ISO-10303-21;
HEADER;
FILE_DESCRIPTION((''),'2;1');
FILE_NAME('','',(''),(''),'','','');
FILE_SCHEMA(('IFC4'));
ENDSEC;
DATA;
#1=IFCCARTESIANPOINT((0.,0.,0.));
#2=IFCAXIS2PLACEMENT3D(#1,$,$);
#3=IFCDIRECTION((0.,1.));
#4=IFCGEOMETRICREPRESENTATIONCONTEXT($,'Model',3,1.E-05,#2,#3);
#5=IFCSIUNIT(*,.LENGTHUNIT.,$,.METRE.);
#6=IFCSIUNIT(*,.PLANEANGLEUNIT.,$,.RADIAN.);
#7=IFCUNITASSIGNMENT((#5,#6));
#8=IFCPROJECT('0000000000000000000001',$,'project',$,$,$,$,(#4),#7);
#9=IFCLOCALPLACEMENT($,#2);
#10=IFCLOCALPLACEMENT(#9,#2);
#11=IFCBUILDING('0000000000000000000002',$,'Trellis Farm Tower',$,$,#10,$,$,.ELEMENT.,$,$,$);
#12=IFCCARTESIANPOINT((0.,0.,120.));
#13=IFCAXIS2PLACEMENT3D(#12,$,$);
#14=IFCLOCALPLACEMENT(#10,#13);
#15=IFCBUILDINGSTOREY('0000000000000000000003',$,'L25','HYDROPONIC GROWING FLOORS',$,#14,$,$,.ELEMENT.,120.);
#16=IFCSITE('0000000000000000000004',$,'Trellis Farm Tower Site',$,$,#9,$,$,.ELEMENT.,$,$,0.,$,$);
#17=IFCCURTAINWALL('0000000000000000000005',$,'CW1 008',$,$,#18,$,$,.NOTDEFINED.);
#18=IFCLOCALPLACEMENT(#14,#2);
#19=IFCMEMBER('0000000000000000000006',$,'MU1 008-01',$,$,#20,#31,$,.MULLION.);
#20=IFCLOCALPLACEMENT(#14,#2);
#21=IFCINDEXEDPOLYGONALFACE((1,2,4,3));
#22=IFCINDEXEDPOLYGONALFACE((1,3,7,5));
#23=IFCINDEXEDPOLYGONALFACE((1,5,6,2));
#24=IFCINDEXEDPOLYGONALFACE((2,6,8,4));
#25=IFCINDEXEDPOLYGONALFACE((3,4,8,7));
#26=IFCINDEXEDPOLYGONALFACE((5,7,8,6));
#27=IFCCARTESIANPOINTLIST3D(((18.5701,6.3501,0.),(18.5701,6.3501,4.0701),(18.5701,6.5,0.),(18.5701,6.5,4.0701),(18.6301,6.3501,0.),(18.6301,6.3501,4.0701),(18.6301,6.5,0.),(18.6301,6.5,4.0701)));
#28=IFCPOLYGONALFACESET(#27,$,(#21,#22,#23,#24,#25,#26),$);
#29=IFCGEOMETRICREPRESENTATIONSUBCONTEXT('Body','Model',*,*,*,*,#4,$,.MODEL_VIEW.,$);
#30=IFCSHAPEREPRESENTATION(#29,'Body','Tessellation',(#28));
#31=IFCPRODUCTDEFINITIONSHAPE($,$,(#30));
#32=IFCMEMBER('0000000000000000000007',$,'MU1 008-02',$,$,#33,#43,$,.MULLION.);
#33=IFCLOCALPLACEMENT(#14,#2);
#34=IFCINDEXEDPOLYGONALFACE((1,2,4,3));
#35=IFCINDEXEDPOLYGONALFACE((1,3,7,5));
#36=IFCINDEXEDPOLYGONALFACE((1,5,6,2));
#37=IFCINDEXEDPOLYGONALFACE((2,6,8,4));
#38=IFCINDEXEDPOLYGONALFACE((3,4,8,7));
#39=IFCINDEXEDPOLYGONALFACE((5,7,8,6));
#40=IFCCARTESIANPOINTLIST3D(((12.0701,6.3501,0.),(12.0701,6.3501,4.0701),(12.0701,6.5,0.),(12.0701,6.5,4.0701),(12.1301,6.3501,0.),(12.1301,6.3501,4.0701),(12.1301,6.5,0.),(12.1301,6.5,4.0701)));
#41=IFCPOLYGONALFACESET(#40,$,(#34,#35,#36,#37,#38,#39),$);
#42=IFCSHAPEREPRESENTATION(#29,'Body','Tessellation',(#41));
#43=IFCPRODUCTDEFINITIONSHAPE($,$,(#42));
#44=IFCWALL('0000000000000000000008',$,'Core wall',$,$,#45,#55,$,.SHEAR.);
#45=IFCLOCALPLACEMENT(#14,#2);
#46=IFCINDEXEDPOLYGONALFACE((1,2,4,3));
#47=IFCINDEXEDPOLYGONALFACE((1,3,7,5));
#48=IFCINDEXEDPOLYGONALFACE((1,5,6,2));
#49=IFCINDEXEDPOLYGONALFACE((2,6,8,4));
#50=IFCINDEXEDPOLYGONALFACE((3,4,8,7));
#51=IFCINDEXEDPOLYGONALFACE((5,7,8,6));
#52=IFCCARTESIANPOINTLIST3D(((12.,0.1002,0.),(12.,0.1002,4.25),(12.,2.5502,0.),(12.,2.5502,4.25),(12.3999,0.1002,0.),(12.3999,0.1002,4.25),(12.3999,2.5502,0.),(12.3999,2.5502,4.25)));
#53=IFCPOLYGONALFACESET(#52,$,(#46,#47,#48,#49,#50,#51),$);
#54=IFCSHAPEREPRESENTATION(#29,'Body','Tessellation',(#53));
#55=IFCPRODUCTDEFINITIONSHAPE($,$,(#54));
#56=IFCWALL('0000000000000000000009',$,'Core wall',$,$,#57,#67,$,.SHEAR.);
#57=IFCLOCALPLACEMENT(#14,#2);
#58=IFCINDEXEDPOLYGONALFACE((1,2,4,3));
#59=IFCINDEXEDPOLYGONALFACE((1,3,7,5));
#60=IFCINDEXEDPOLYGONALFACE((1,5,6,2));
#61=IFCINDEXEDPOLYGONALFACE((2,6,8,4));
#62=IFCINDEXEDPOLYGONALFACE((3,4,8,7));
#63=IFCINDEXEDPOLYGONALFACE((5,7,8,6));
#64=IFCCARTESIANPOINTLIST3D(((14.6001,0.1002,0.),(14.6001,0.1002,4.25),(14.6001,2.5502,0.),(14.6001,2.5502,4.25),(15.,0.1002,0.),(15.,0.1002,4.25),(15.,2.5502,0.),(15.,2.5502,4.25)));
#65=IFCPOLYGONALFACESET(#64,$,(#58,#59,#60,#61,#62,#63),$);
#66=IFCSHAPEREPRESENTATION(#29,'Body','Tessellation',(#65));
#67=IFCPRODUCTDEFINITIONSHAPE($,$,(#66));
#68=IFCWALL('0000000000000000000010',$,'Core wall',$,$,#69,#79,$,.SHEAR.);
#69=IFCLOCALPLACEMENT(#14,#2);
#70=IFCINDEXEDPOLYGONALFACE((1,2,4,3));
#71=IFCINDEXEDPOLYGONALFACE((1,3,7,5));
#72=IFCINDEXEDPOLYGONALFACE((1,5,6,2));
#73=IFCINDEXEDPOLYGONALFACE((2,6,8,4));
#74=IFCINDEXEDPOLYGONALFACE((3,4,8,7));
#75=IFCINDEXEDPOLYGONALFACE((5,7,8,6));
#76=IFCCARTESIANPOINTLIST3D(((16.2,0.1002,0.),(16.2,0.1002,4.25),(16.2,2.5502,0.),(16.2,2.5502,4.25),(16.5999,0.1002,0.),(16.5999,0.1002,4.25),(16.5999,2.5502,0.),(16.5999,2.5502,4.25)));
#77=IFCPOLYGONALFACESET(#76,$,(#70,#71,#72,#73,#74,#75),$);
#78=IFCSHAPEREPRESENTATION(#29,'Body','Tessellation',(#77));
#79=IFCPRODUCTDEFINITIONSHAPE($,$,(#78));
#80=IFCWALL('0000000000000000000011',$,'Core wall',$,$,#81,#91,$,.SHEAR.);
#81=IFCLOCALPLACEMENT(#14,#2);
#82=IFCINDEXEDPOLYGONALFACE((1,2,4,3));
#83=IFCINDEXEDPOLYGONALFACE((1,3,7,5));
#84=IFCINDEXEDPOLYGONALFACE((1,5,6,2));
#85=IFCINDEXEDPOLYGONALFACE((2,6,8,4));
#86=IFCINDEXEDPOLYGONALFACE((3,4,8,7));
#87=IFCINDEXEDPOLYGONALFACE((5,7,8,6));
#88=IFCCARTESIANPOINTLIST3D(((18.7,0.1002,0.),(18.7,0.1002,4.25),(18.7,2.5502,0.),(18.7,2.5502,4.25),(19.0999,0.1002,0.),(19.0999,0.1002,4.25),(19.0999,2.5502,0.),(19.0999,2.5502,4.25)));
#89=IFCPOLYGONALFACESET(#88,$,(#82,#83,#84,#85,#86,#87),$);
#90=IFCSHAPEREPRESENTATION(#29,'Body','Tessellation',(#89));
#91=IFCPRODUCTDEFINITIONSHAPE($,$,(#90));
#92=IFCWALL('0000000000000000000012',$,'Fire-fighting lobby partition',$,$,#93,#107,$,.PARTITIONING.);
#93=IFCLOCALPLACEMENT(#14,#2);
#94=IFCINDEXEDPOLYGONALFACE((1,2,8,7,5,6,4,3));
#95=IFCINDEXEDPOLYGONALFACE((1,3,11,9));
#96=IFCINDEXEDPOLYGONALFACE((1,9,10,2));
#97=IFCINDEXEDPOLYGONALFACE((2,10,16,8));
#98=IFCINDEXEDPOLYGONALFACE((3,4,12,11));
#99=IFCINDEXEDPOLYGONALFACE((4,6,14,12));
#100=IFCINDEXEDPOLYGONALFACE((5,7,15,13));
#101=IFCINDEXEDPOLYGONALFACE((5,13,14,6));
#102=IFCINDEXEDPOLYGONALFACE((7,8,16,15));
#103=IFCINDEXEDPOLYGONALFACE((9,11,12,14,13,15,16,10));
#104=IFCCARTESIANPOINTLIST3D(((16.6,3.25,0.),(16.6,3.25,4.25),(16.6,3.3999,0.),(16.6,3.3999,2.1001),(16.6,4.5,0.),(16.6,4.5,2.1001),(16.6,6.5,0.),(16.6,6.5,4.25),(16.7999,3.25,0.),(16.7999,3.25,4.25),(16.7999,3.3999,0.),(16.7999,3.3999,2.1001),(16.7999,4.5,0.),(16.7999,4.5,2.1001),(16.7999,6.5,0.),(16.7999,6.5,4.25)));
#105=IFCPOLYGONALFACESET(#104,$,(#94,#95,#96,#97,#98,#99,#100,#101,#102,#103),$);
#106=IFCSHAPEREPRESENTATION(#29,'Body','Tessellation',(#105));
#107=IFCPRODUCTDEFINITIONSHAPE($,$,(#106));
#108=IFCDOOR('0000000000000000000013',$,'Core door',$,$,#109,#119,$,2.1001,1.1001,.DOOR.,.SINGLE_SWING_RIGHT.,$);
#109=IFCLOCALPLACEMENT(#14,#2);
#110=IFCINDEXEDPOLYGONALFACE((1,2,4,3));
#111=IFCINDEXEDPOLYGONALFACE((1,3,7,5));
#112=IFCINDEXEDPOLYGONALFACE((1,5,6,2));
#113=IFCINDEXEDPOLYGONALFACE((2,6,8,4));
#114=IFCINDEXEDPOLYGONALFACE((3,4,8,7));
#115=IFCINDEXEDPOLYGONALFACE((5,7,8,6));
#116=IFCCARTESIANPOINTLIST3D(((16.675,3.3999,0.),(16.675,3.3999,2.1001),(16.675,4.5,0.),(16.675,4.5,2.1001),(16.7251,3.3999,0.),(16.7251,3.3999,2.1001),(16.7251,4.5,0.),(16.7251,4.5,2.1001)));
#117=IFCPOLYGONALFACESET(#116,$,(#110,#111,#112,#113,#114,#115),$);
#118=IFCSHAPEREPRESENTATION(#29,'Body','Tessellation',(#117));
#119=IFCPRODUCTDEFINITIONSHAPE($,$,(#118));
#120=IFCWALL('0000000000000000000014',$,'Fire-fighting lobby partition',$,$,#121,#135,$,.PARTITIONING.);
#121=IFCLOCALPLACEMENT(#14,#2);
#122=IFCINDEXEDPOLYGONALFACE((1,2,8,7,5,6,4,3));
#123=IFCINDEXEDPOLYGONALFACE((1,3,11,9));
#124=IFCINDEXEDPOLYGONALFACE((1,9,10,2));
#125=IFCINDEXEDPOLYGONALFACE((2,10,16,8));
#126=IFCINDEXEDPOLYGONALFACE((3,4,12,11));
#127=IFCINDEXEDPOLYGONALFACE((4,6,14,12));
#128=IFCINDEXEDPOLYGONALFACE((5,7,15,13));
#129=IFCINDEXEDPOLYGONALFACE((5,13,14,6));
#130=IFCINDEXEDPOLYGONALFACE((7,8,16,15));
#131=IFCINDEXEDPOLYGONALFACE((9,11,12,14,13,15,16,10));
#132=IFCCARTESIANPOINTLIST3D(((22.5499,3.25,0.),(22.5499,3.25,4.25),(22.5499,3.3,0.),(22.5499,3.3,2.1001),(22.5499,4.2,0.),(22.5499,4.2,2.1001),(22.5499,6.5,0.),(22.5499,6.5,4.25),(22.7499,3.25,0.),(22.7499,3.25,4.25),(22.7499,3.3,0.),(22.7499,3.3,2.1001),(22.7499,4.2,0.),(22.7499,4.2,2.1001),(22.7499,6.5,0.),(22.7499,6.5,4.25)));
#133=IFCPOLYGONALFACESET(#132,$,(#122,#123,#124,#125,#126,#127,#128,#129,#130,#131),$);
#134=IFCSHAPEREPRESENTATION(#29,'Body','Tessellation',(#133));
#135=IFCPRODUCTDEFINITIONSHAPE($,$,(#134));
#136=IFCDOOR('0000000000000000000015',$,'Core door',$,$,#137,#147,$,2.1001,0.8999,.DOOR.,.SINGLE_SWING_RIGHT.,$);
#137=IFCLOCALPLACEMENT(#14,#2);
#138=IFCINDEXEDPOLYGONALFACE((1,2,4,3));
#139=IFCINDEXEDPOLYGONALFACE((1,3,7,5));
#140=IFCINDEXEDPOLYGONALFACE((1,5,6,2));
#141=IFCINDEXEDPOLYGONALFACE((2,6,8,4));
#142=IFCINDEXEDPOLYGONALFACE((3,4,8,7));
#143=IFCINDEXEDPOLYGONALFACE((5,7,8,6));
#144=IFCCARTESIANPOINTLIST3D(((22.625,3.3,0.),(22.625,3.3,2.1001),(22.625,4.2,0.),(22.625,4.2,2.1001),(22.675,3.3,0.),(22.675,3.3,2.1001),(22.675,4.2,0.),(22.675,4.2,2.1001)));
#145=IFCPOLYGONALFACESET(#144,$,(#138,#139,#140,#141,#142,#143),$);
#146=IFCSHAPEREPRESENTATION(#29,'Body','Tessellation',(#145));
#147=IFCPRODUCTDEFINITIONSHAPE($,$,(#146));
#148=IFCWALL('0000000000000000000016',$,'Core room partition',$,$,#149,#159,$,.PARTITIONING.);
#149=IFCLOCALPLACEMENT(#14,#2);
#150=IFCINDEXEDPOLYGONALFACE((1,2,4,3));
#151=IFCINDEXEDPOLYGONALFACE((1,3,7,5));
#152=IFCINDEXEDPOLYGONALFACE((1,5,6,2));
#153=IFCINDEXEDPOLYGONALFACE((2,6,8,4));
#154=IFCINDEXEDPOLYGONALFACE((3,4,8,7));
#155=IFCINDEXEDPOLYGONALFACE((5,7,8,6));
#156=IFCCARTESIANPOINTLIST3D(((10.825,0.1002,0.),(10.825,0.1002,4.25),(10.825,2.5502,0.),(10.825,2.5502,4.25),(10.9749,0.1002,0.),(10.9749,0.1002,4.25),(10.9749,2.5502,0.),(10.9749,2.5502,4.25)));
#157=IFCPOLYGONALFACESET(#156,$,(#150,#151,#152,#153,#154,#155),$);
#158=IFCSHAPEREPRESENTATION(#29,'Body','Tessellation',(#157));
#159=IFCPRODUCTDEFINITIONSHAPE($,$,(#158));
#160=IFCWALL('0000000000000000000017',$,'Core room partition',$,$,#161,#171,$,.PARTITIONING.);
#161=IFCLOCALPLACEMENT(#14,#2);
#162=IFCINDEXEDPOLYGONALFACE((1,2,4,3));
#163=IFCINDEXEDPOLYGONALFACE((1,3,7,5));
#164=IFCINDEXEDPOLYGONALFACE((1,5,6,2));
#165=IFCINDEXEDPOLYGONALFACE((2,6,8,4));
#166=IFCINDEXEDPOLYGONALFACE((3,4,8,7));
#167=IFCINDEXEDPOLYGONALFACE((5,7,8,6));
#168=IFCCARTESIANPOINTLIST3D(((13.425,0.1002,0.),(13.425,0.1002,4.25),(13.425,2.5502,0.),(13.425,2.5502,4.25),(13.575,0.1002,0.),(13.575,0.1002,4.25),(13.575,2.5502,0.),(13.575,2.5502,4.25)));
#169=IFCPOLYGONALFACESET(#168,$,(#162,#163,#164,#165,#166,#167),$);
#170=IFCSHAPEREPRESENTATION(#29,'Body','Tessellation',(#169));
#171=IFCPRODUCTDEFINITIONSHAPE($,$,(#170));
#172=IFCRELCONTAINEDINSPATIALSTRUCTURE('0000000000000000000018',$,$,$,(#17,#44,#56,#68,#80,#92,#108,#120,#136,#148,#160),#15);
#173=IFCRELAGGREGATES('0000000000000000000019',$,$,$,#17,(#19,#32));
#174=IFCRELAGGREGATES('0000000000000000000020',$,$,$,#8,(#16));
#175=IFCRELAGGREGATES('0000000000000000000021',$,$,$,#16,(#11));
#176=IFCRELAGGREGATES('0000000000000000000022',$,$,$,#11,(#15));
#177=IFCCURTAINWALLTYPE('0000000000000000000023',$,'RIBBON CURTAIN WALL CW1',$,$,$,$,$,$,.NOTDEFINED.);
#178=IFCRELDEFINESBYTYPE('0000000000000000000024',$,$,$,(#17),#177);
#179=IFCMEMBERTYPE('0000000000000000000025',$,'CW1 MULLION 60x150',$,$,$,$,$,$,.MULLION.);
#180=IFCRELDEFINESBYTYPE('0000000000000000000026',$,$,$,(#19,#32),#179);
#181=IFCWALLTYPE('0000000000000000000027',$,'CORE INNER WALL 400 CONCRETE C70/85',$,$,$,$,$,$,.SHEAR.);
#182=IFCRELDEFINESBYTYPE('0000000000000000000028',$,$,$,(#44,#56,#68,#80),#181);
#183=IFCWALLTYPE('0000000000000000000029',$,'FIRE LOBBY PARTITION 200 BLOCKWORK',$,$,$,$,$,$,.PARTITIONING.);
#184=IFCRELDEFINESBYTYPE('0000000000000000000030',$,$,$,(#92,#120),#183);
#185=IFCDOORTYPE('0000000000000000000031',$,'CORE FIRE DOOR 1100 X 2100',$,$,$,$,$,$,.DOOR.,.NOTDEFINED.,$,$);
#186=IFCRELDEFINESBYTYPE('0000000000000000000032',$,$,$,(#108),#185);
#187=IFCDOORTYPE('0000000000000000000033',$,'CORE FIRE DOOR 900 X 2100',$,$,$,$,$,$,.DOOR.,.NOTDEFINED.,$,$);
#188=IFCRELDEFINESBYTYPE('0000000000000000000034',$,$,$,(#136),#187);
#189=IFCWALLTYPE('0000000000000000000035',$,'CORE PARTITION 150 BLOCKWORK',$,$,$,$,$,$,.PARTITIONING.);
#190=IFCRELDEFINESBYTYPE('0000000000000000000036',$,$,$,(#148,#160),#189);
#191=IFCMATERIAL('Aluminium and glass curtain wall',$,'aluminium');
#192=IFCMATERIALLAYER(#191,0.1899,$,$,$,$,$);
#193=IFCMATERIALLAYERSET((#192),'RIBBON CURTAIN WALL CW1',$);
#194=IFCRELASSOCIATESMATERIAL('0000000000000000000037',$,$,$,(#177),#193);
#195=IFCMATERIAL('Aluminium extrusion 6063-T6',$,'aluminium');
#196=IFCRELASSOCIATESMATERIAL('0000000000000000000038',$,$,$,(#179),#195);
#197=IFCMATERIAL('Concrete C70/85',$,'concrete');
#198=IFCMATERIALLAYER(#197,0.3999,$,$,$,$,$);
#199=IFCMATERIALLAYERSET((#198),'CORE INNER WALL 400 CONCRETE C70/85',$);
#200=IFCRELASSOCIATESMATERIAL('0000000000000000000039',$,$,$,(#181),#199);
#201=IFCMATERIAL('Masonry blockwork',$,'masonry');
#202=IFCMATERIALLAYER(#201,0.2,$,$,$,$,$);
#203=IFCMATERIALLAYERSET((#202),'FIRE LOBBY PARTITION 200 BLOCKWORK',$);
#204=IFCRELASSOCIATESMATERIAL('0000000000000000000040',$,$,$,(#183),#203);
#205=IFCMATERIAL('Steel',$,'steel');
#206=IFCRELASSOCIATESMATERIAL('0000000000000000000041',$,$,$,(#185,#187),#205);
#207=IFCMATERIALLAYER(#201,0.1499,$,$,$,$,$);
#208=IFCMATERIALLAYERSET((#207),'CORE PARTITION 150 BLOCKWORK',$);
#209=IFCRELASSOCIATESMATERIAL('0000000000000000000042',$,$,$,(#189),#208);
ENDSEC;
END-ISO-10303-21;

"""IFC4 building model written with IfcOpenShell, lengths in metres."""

from ifc_helpers import new_model, si_unit, direction, frame, frame_2d, origin, origin_2d, place, context, subcontext, project, spatial, rectangle, extrude, source, transform, mapped, material, layer, layer_set, material_profile, profile_set, type_object, element, fill, aggregate, save


model = new_model("IFC4")

# Units and contexts
model_context = context("Model", 3, precision=1e-05, world=origin(), true_north=direction((0.0, 1.0)))
body_context = subcontext(model_context, "Body", "Model", "MODEL_VIEW")
ifc_project = project(units=[si_unit("LENGTHUNIT", "METRE"), si_unit("PLANEANGLEUNIT", "RADIAN")], contexts=[model_context])

# Site, building, storey
site_placement = place(None, origin())
site = spatial("IfcSite", under=ifc_project, at=site_placement, Name="Trellis Farm Tower Site", CompositionType="ELEMENT", RefElevation=0.0)
building_placement = place(site_placement, origin())
building = spatial("IfcBuilding", under=site, at=building_placement, Name="Trellis Farm Tower", CompositionType="ELEMENT")
storey_placement = place(building_placement, frame((0.0, 0.0, 120.0)))
storey = spatial("IfcBuildingStorey", under=building, at=storey_placement, Name="L25", Description="HYDROPONIC GROWING FLOORS", CompositionType="ELEMENT", Elevation=120.0)

# Curtain wall, members
ifc_material_1 = material(Name="Aluminium and glass curtain wall", Category="aluminium")
ifc_layer_1 = layer(ifc_material_1, 0.1899)
ifc_layer_set_1 = layer_set([ifc_layer_1], Name="RIBBON CURTAIN WALL CW1")
curtain_wall_type = type_object("IfcCurtainWallType", Name="RIBBON CURTAIN WALL CW1", PredefinedType="NOTDEFINED", material=ifc_layer_set_1)
placement = place(storey_placement, origin())
ifc_material_2 = material(Name="Aluminium extrusion 6063-T6", Category="aluminium")
ifc_material_profile_1 = material_profile(ifc_material_2, rectangle(XDim=0.0601, YDim=0.1499, at=origin_2d()), Name="MULLION 60x150")
ifc_profile_set_1 = profile_set([ifc_material_profile_1], Name="Aluminium extrusion 6063-T6")
member_type = type_object("IfcMemberType", Name="CW1 MULLION 60x150", PredefinedType="MULLION", material=ifc_profile_set_1)
shared_shape_1 = source(origin(), body_context, "Body", "SweptSolid", [
    extrude(rectangle(XDim=0.0601, YDim=0.1499, at=origin_2d()), origin(), (0.0, 0.0, 1.0), 4.0701),
])
curtain_wall_1 = element("IfcCurtainWall", 1, at=placement, inside=storey, type_object=curtain_wall_type, Name="CW1 008", PredefinedType="NOTDEFINED")
member_1_placement = place(storey_placement, frame((18.6001, 6.425, 0.0), z_axis=(0.0, 0.0, 1.0), x_axis=(-1.0, 0.0, 0.0)))
member_1 = element("IfcMember", 2, at=member_1_placement, type_object=member_type, Name="MU1 008-01", PredefinedType="MULLION", context=body_context, shape_type="MappedRepresentation", body=[
    mapped(shared_shape_1, transform((0.0, 0.0, 0.0))),
])
member_2_placement = place(storey_placement, frame((12.1001, 6.425, 0.0), z_axis=(0.0, 0.0, 1.0), x_axis=(-1.0, 0.0, 0.0)))
member_2 = element("IfcMember", 3, at=member_2_placement, type_object=member_type, Name="MU1 008-02", PredefinedType="MULLION", context=body_context, shape_type="MappedRepresentation", body=[
    mapped(shared_shape_1, transform((0.0, 0.0, 0.0))),
])
aggregate(curtain_wall_1, [member_1, member_2])

# Walls
ifc_material_3 = material(Name="Concrete C70/85", Category="concrete")
ifc_layer_2 = layer(ifc_material_3, 0.3999)
ifc_layer_set_2 = layer_set([ifc_layer_2], Name="CORE INNER WALL 400 CONCRETE C70/85")
wall_type_1 = type_object("IfcWallType", Name="CORE INNER WALL 400 CONCRETE C70/85", PredefinedType="SHEAR", material=ifc_layer_set_2)
shared_shape_2 = source(origin(), body_context, "Body", "SweptSolid", [
    extrude(rectangle(XDim=2.45, YDim=0.3999, at=frame_2d((1.2251, 0.0))), origin(), (0.0, 0.0, 1.0), 4.25),
])
for number, where, z_axis, x_axis, name in (
    (4, (12.2, 0.1001, 0.0), (0.0, 0.0, 1.0), (0.0, 1.0, 0.0), "Core wall"),
    (5, (14.8, 0.1001, 0.0), (0.0, 0.0, 1.0), (0.0, 1.0, 0.0), "Core wall"),
    (6, (16.3999, 0.1001, 0.0), (0.0, 0.0, 1.0), (0.0, 1.0, 0.0), "Core wall"),
    (7, (18.8999, 0.1001, 0.0), (0.0, 0.0, 1.0), (0.0, 1.0, 0.0), "Core wall"),
):
    element("IfcWall", number, at=place(storey_placement, frame(where, z_axis=z_axis, x_axis=x_axis)), inside=storey, type_object=wall_type_1, Name=name, PredefinedType="SHEAR", context=body_context, shape_type="MappedRepresentation", body=[
        mapped(shared_shape_2, transform((0.0, 0.0, 0.0))),
    ])

# Walls, openings, doors
ifc_material_4 = material(Name="Masonry blockwork", Category="masonry")
ifc_layer_3 = layer(ifc_material_4, 0.2)
ifc_layer_set_3 = layer_set([ifc_layer_3], Name="FIRE LOBBY PARTITION 200 BLOCKWORK")
wall_type_2 = type_object("IfcWallType", Name="FIRE LOBBY PARTITION 200 BLOCKWORK", PredefinedType="PARTITIONING", material=ifc_layer_set_3)
shared_shape_3 = source(origin(), body_context, "Body", "SweptSolid", [
    extrude(rectangle(XDim=3.25, YDim=0.2, at=frame_2d((1.625, 0.0))), origin(), (0.0, 0.0, 1.0), 4.25),
])
wall_1_placement = place(storey_placement, frame((16.7, 3.25, 0.0), z_axis=(0.0, 0.0, 1.0), x_axis=(0.0, 1.0, 0.0)))
wall_1 = element("IfcWall", 8, at=wall_1_placement, inside=storey, type_object=wall_type_2, Name="Fire-fighting lobby partition", PredefinedType="PARTITIONING", context=body_context, shape_type="MappedRepresentation", body=[
    mapped(shared_shape_3, transform((0.0, 0.0, 0.0))),
])
shared_shape_4 = source(origin(), body_context, "Body", "SweptSolid", [
    extrude(rectangle(XDim=1.1001, YDim=2.1001, at=frame_2d((0.55, 1.05))), frame((0.0, 0.1101, 0.0), z_axis=(0.0, -1.0, 0.0), x_axis=(1.0, 0.0, 0.0)), (0.0, 0.0, 1.0), 0.2202),
])
opening_1_placement = place(wall_1_placement, frame((0.1499, 0.0, 0.0)))
opening_1 = element("IfcOpeningElement", 9, at=opening_1_placement, cuts=wall_1, PredefinedType="OPENING", context=body_context, shape_type="MappedRepresentation", body=[
    mapped(shared_shape_4, transform((0.0, 0.0, 0.0))),
])
ifc_material_5 = material(Name="Steel", Category="steel")
door_type_1 = type_object("IfcDoorType", Name="CORE FIRE DOOR 1100 X 2100", OperationType="NOTDEFINED", PredefinedType="DOOR", material=ifc_material_5)
shared_shape_5 = source(origin(), body_context, "Body", "SweptSolid", [
    extrude(rectangle(XDim=1.1001, YDim=2.1001, at=frame_2d((0.55, 1.05))), frame((0.0, 0.0249, 0.0), z_axis=(0.0, -1.0, 0.0), x_axis=(1.0, 0.0, 0.0)), (0.0, 0.0, 1.0), 0.05),
])
door_1_placement = place(opening_1_placement, origin())
door_1 = element("IfcDoor", 10, at=door_1_placement, inside=storey, type_object=door_type_1, Name="Core door", OperationType="SINGLE_SWING_RIGHT", OverallHeight=2.1001, OverallWidth=1.1001, PredefinedType="DOOR", context=body_context, shape_type="MappedRepresentation", body=[
    mapped(shared_shape_5, transform((0.0, 0.0, 0.0))),
])
fill(opening_1, door_1)
wall_2_placement = place(storey_placement, frame((22.6499, 3.25, 0.0), z_axis=(0.0, 0.0, 1.0), x_axis=(0.0, 1.0, 0.0)))
wall_2 = element("IfcWall", 11, at=wall_2_placement, inside=storey, type_object=wall_type_2, Name="Fire-fighting lobby partition", PredefinedType="PARTITIONING", context=body_context, shape_type="MappedRepresentation", body=[
    mapped(shared_shape_3, transform((0.0, 0.0, 0.0))),
])
shared_shape_6 = source(origin(), body_context, "Body", "SweptSolid", [
    extrude(rectangle(XDim=0.8999, YDim=2.1001, at=frame_2d((0.45, 1.05))), frame((0.0, 0.1101, 0.0), z_axis=(0.0, -1.0, 0.0), x_axis=(1.0, 0.0, 0.0)), (0.0, 0.0, 1.0), 0.2202),
])
opening_2_placement = place(wall_2_placement, frame((0.05, 0.0, 0.0)))
opening_2 = element("IfcOpeningElement", 12, at=opening_2_placement, cuts=wall_2, PredefinedType="OPENING", context=body_context, shape_type="MappedRepresentation", body=[
    mapped(shared_shape_6, transform((0.0, 0.0, 0.0))),
])
door_type_2 = type_object("IfcDoorType", Name="CORE FIRE DOOR 900 X 2100", OperationType="NOTDEFINED", PredefinedType="DOOR", material=ifc_material_5)
shared_shape_7 = source(origin(), body_context, "Body", "SweptSolid", [
    extrude(rectangle(XDim=0.8999, YDim=2.1001, at=frame_2d((0.45, 1.05))), frame((0.0, 0.0249, 0.0), z_axis=(0.0, -1.0, 0.0), x_axis=(1.0, 0.0, 0.0)), (0.0, 0.0, 1.0), 0.05),
])
door_2_placement = place(opening_2_placement, origin())
door_2 = element("IfcDoor", 13, at=door_2_placement, inside=storey, type_object=door_type_2, Name="Core door", OperationType="SINGLE_SWING_RIGHT", OverallHeight=2.1001, OverallWidth=0.8999, PredefinedType="DOOR", context=body_context, shape_type="MappedRepresentation", body=[
    mapped(shared_shape_7, transform((0.0, 0.0, 0.0))),
])
fill(opening_2, door_2)

# Walls
ifc_layer_4 = layer(ifc_material_4, 0.1499)
ifc_layer_set_4 = layer_set([ifc_layer_4], Name="CORE PARTITION 150 BLOCKWORK")
wall_type_3 = type_object("IfcWallType", Name="CORE PARTITION 150 BLOCKWORK", PredefinedType="PARTITIONING", material=ifc_layer_set_4)
shared_shape_8 = source(origin(), body_context, "Body", "SweptSolid", [
    extrude(rectangle(XDim=2.45, YDim=0.1499, at=frame_2d((1.2251, 0.0))), origin(), (0.0, 0.0, 1.0), 4.25),
])
for number, where, z_axis, x_axis, name in (
    (14, (10.8999, 0.1001, 0.0), (0.0, 0.0, 1.0), (0.0, 1.0, 0.0), "Core room partition"),
    (15, (13.5, 0.1001, 0.0), (0.0, 0.0, 1.0), (0.0, 1.0, 0.0), "Core room partition"),
):
    element("IfcWall", number, at=place(storey_placement, frame(where, z_axis=z_axis, x_axis=x_axis)), inside=storey, type_object=wall_type_3, Name=name, PredefinedType="PARTITIONING", context=body_context, shape_type="MappedRepresentation", body=[
        mapped(shared_shape_8, transform((0.0, 0.0, 0.0))),
    ])

save(model, "model.ifc")
